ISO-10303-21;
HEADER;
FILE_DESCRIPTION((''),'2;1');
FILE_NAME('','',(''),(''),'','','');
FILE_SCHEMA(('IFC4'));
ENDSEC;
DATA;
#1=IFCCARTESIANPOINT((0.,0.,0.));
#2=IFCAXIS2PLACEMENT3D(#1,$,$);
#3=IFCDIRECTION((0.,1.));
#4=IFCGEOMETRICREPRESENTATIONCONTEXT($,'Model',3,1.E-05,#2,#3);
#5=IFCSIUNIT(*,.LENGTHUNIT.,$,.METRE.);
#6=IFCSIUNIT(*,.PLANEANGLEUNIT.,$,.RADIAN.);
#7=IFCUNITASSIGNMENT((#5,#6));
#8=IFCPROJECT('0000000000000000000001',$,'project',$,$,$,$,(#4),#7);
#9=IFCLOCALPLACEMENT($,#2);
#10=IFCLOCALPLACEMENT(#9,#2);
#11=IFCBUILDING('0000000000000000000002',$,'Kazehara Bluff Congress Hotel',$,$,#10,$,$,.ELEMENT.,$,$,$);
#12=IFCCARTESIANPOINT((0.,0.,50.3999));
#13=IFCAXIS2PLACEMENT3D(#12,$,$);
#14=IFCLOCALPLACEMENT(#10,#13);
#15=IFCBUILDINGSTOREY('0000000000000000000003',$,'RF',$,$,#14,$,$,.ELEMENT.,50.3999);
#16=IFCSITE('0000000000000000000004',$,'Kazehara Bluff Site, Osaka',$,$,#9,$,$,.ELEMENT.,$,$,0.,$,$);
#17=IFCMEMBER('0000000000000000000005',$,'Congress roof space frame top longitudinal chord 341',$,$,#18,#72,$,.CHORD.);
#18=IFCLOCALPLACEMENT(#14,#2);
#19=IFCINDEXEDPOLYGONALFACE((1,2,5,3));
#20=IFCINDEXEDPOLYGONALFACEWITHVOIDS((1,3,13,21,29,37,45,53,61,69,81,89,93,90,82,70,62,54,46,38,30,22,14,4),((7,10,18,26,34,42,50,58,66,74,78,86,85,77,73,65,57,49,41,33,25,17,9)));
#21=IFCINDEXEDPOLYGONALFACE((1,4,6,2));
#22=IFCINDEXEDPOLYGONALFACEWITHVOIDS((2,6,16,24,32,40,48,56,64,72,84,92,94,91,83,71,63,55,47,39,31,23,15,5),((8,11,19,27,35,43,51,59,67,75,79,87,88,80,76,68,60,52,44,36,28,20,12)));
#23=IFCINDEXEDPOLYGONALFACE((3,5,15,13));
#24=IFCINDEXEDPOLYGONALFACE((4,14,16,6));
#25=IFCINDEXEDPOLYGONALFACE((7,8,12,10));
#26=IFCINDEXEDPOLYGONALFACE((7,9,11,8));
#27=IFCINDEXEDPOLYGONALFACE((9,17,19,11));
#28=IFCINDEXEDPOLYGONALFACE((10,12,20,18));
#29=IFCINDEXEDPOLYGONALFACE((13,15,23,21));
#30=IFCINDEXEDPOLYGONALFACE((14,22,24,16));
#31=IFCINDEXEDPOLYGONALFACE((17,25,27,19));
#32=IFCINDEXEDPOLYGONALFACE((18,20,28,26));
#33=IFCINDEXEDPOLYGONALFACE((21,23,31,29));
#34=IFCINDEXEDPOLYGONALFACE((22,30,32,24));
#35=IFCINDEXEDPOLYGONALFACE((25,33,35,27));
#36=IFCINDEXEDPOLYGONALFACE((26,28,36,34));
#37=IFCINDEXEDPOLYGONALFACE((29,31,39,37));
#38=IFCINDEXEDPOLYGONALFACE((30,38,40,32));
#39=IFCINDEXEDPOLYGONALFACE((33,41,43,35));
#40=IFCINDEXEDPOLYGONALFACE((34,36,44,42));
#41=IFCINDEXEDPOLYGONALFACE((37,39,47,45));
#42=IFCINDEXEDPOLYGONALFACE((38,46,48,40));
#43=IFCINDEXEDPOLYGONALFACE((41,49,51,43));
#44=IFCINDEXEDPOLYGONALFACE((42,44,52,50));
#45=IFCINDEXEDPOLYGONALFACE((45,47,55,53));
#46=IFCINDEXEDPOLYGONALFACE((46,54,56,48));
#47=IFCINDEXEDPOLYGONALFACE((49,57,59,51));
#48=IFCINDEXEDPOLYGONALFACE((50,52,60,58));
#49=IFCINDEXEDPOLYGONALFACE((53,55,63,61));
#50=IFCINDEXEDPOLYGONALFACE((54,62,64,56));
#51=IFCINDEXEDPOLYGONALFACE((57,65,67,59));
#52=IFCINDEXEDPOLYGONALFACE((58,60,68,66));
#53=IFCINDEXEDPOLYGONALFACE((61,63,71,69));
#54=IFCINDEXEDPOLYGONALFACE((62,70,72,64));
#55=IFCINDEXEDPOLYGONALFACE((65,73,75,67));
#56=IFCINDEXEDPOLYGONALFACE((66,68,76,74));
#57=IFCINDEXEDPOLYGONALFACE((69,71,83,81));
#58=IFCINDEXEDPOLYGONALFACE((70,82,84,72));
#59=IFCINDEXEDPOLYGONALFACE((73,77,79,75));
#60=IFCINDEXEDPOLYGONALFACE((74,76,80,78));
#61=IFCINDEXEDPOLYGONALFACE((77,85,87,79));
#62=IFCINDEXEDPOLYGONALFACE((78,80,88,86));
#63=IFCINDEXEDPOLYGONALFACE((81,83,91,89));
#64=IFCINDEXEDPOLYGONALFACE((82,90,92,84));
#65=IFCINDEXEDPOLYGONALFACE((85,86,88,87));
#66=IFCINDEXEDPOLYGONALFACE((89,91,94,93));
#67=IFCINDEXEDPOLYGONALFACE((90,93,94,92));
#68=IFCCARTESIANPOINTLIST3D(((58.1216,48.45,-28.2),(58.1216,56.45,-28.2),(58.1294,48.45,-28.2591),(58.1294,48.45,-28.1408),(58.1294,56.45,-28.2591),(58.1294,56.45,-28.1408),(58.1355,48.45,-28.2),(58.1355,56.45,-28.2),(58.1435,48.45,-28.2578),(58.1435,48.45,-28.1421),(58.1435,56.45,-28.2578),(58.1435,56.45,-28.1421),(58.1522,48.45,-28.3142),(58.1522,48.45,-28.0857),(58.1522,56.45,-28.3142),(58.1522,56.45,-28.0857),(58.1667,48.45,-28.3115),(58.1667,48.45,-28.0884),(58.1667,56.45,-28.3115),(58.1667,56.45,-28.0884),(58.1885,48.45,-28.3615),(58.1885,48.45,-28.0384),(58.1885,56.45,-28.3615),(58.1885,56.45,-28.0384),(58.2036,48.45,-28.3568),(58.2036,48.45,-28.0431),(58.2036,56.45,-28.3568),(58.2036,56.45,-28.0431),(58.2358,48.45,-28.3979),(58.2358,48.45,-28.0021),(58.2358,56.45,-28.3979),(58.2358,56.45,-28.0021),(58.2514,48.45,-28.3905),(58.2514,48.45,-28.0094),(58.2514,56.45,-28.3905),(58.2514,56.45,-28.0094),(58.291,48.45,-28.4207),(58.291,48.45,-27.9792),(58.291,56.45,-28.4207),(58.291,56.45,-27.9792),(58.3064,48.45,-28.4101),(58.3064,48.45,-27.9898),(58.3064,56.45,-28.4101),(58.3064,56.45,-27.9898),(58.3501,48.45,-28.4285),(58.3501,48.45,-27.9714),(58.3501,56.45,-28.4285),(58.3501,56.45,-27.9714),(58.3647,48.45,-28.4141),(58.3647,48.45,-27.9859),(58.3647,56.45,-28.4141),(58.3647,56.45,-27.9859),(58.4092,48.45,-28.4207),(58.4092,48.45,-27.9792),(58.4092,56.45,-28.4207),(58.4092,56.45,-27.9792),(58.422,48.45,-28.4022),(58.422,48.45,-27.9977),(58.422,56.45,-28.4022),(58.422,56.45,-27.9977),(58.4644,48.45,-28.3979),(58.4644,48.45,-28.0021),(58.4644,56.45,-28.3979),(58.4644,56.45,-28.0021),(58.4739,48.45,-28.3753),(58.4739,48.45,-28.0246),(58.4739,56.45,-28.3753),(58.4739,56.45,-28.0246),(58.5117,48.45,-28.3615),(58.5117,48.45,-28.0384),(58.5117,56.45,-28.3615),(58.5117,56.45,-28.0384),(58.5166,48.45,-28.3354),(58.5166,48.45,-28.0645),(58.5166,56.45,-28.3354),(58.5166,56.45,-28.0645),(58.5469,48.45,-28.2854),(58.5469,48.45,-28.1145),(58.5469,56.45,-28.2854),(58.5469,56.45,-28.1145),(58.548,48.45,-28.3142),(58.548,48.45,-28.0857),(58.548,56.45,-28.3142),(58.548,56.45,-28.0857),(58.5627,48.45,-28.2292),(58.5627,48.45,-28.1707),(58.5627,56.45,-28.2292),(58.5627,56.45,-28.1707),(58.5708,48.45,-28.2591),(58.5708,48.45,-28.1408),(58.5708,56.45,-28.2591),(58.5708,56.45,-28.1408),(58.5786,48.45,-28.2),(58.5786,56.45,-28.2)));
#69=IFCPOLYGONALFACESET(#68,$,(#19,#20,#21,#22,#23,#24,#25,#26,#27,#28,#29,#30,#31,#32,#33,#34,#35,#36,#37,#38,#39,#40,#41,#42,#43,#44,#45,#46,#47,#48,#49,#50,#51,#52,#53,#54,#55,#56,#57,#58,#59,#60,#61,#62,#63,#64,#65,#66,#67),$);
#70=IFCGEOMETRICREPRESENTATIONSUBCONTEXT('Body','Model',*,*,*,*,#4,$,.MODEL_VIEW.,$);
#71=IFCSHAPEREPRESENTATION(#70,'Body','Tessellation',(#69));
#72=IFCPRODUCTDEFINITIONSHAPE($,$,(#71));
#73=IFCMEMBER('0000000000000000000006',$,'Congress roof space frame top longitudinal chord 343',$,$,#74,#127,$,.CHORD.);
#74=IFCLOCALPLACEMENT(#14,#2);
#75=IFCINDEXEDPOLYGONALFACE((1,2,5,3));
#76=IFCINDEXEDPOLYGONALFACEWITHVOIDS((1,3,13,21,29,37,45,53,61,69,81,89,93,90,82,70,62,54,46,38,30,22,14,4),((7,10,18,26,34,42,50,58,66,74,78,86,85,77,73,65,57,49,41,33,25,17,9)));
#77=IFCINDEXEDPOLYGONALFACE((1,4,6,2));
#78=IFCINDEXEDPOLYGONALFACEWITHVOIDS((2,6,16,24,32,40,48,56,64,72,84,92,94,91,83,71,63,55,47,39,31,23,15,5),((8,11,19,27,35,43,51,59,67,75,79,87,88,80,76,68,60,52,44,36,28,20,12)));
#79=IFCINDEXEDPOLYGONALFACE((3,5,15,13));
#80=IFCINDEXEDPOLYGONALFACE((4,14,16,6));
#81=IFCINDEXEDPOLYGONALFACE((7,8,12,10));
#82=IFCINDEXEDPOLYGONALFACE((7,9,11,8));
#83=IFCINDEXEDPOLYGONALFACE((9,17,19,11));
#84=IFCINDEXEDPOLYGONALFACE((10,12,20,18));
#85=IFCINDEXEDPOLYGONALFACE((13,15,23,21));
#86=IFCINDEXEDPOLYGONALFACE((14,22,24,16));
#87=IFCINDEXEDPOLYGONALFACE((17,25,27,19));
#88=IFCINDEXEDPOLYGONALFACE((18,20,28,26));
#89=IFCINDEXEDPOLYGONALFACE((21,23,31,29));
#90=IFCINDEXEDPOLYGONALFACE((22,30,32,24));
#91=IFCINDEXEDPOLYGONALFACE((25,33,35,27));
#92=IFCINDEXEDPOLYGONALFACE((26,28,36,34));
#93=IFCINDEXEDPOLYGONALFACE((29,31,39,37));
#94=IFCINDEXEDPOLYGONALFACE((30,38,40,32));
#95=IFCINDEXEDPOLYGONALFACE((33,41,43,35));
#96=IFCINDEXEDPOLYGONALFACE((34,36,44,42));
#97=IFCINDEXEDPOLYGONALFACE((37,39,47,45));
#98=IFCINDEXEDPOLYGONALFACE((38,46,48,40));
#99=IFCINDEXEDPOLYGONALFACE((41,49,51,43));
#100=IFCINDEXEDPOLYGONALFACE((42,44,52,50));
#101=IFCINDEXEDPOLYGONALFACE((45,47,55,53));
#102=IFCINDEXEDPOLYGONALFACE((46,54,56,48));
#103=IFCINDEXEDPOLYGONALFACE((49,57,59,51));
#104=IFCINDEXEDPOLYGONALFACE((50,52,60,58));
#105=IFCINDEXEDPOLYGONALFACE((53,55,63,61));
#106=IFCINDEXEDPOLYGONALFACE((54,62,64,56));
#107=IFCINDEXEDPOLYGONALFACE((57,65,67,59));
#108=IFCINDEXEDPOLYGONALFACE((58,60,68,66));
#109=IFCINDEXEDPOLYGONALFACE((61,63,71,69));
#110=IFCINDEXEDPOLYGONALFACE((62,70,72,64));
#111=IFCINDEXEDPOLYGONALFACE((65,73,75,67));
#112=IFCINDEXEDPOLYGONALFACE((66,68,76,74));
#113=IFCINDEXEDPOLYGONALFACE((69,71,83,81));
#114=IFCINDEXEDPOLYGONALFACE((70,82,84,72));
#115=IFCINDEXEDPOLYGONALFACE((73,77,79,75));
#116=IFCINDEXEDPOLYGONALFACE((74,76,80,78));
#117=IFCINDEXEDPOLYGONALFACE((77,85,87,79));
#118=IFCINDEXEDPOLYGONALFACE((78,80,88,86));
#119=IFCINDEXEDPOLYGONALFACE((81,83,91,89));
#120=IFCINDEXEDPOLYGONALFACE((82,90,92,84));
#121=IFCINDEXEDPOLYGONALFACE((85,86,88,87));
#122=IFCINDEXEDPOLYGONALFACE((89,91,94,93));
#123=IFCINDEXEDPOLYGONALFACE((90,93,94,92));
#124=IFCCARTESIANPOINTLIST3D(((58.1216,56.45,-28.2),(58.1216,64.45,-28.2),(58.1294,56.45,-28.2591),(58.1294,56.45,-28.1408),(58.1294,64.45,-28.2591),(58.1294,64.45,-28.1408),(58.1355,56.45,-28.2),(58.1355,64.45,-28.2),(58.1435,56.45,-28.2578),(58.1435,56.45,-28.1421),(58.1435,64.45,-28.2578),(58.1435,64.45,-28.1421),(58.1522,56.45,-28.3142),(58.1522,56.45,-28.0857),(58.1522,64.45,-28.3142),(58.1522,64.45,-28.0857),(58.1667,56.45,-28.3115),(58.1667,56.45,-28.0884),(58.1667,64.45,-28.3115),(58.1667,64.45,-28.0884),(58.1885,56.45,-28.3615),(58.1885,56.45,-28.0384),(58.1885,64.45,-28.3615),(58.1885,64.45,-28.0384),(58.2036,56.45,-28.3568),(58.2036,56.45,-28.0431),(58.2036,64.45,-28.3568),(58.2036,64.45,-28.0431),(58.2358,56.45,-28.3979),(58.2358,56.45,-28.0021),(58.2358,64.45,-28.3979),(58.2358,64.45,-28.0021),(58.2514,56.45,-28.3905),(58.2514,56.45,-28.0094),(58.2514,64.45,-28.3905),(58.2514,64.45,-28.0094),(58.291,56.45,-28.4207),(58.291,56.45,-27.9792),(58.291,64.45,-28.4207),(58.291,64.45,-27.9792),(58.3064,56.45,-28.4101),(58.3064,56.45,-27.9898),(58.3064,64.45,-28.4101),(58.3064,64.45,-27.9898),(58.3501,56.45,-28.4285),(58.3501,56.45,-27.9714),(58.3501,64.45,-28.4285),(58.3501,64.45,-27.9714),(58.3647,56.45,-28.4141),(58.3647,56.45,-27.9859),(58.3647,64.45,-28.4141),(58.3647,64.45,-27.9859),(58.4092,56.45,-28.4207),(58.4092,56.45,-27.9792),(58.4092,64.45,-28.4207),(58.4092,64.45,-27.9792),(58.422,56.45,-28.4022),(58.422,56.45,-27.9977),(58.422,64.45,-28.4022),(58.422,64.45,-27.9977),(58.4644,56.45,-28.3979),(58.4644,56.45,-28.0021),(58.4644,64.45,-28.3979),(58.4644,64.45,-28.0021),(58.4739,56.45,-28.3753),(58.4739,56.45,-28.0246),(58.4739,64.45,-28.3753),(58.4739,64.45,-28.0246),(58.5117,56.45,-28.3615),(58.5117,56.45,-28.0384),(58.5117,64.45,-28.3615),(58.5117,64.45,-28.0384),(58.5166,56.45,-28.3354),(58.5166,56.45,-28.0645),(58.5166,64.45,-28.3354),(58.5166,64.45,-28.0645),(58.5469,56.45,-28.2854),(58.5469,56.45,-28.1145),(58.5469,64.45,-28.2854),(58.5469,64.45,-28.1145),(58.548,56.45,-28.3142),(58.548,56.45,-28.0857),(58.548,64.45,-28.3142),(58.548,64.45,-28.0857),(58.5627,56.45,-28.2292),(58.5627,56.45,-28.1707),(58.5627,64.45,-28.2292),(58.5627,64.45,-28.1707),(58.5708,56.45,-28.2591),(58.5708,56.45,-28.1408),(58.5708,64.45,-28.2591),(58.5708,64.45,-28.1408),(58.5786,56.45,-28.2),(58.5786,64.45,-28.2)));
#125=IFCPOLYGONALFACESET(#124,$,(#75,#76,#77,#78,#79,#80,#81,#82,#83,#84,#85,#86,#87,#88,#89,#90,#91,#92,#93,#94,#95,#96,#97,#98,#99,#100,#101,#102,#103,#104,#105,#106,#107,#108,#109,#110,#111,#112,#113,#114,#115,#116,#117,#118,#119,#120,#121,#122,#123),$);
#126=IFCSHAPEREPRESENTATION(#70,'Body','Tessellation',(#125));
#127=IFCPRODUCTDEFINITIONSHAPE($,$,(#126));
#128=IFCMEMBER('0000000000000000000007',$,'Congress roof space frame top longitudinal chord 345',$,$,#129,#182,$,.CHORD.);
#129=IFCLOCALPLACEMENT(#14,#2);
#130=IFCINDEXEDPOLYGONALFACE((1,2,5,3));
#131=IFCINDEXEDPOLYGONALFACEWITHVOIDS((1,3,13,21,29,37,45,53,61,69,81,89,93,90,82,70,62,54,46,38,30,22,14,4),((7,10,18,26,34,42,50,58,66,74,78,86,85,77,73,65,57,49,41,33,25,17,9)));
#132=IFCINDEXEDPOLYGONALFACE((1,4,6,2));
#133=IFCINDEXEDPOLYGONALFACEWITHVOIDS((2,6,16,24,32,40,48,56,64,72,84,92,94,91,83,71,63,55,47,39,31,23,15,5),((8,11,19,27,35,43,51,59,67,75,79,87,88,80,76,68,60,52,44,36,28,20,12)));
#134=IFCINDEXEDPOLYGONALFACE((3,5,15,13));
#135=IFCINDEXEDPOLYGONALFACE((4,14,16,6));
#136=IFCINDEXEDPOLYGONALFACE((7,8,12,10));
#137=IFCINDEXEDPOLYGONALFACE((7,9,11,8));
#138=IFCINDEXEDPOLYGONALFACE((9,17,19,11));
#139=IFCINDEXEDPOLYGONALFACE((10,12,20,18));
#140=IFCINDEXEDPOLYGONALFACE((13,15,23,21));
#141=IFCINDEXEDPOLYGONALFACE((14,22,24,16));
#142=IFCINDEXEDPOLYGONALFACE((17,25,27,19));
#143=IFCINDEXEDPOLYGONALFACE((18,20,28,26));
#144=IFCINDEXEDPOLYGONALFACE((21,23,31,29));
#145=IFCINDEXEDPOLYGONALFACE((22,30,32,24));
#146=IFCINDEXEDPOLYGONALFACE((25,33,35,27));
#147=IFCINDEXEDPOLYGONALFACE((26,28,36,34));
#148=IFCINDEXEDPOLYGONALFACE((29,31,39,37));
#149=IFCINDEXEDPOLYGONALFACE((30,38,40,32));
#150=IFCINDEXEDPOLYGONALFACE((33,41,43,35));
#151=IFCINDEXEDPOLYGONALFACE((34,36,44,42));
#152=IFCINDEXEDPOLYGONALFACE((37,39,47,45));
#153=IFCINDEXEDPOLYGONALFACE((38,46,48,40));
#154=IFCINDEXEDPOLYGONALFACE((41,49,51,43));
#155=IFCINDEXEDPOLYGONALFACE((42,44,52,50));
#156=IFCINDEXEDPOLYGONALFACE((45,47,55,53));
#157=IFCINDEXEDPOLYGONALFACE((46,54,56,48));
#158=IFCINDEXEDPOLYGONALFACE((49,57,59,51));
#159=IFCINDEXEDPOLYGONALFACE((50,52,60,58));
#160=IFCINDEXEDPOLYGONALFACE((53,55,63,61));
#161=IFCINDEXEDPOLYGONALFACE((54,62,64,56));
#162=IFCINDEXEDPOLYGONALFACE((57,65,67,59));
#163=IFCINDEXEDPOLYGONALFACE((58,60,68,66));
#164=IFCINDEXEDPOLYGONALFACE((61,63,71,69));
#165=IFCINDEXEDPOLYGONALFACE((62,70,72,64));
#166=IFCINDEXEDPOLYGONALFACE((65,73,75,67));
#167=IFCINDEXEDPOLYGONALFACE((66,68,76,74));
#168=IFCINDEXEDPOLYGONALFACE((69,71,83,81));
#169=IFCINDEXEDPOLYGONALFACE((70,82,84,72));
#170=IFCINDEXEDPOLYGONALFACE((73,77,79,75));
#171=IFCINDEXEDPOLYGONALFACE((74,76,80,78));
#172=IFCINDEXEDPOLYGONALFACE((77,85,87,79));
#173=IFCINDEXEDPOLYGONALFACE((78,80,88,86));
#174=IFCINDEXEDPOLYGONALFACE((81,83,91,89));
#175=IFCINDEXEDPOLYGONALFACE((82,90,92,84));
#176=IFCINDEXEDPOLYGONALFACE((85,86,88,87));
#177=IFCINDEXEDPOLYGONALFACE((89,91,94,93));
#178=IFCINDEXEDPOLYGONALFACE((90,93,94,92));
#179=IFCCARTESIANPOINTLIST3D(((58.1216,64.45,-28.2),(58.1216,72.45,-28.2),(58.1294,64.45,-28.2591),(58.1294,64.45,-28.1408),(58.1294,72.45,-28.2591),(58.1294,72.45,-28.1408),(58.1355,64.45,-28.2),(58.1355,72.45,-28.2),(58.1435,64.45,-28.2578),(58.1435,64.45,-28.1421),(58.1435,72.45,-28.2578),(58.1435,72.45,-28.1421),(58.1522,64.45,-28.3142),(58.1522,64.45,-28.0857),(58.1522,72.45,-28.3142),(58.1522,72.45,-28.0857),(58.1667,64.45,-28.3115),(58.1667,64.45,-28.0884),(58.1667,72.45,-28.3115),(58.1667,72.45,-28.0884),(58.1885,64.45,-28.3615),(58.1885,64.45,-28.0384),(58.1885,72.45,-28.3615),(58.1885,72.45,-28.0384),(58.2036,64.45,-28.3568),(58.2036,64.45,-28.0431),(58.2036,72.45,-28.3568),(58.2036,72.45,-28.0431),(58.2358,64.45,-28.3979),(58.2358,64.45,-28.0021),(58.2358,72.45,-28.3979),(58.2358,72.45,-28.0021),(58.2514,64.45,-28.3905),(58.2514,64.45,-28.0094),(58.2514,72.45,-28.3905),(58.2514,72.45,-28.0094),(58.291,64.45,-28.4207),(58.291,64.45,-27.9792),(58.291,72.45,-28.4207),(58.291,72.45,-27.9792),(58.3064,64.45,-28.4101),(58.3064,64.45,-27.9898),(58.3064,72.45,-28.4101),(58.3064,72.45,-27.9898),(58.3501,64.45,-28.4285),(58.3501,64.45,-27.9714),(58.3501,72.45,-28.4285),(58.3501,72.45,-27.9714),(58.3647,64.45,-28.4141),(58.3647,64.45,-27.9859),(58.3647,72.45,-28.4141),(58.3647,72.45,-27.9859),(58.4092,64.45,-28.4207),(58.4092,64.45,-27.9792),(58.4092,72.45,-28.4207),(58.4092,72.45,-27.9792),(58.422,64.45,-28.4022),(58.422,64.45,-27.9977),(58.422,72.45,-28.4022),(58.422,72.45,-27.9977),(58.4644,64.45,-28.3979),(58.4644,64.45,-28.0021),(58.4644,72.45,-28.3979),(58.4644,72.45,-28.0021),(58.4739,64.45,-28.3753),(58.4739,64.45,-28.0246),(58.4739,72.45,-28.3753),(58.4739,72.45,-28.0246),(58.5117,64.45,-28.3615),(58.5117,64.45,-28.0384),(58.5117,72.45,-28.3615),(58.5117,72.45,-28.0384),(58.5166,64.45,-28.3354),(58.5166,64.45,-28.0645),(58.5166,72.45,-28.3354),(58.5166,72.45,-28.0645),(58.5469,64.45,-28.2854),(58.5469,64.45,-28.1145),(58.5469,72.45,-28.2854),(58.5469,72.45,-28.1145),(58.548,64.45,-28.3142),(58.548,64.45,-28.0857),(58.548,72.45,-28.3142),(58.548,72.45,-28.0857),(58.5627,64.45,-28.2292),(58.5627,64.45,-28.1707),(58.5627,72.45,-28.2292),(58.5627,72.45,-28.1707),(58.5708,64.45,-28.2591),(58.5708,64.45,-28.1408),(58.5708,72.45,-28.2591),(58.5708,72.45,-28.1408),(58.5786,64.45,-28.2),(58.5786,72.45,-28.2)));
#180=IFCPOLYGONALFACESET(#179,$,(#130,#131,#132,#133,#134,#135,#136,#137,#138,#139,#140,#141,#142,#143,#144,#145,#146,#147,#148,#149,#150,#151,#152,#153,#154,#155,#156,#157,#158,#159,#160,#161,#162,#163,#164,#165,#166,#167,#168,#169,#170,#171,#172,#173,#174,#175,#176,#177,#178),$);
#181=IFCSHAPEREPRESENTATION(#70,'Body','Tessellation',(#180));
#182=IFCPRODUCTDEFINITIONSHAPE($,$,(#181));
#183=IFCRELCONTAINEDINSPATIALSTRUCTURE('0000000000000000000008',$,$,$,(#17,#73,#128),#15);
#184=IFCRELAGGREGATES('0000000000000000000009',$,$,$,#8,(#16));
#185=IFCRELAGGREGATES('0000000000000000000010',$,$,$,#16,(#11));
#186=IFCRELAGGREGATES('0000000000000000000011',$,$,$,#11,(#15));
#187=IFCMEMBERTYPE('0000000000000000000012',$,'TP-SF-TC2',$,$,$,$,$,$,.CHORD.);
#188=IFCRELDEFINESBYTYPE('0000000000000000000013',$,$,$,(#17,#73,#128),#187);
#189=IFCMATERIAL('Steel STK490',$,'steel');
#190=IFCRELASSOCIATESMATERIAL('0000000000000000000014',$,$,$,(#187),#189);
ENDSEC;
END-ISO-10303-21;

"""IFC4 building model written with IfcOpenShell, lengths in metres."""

from ifc_helpers import new_model, si_unit, direction, frame, origin, origin_2d, place, context, subcontext, project, spatial, hollow_circle, extrude, material, material_profile, profile_set, type_object, element, save


model = new_model("IFC4")

# Units and contexts
model_context = context("Model", 3, precision=1e-05, world=origin(), true_north=direction((0.0, 1.0)))
body_context = subcontext(model_context, "Body", "Model", "MODEL_VIEW")
ifc_project = project(units=[si_unit("LENGTHUNIT", "METRE"), si_unit("PLANEANGLEUNIT", "RADIAN")], contexts=[model_context])

# Site, building, storey
site_placement = place(None, origin())
site = spatial("IfcSite", under=ifc_project, at=site_placement, Name="Kazehara Bluff Site, Osaka", CompositionType="ELEMENT", RefElevation=0.0)
building_placement = place(site_placement, origin())
building = spatial("IfcBuilding", under=site, at=building_placement, Name="Kazehara Bluff Congress Hotel", CompositionType="ELEMENT")
storey_placement = place(building_placement, frame((0.0, 0.0, 50.3999)))
storey = spatial("IfcBuildingStorey", under=building, at=storey_placement, Name="RF", CompositionType="ELEMENT", Elevation=50.3999)

# Members
ifc_material_1 = material(Name="Steel STK490", Category="steel")
ifc_material_profile_1 = material_profile(ifc_material_1, hollow_circle(Radius=0.2285, WallThickness=0.0139, at=origin_2d()))
ifc_profile_set_1 = profile_set([ifc_material_profile_1], Name="Steel STK490")
member_type_1 = type_object("IfcMemberType", Name="TP-SF-TC2", PredefinedType="CHORD", material=ifc_profile_set_1)
for number, where, z_axis, x_axis, name in (
    (1, (58.3501, 48.45, -28.2), (0.0, 1.0, 0.0), (-1.0, 0.0, 0.0), "Congress roof space frame top longitudinal chord 341"),
    (2, (58.3501, 56.45, -28.2), (0.0, 1.0, 0.0), (-1.0, 0.0, 0.0), "Congress roof space frame top longitudinal chord 343"),
    (3, (58.3501, 64.45, -28.2), (0.0, 1.0, 0.0), (-1.0, 0.0, 0.0), "Congress roof space frame top longitudinal chord 345"),
):
    element("IfcMember", number, at=place(storey_placement, frame(where, z_axis=z_axis, x_axis=x_axis)), inside=storey, type_object=member_type_1, Name=name, PredefinedType="CHORD", context=body_context, shape_type="SweptSolid", body=[
        extrude(hollow_circle(Radius=0.2285, WallThickness=0.0139, at=origin_2d()), origin(), (0.0, 0.0, 1.0), 8.0),
    ])

save(model, "model.ifc")
